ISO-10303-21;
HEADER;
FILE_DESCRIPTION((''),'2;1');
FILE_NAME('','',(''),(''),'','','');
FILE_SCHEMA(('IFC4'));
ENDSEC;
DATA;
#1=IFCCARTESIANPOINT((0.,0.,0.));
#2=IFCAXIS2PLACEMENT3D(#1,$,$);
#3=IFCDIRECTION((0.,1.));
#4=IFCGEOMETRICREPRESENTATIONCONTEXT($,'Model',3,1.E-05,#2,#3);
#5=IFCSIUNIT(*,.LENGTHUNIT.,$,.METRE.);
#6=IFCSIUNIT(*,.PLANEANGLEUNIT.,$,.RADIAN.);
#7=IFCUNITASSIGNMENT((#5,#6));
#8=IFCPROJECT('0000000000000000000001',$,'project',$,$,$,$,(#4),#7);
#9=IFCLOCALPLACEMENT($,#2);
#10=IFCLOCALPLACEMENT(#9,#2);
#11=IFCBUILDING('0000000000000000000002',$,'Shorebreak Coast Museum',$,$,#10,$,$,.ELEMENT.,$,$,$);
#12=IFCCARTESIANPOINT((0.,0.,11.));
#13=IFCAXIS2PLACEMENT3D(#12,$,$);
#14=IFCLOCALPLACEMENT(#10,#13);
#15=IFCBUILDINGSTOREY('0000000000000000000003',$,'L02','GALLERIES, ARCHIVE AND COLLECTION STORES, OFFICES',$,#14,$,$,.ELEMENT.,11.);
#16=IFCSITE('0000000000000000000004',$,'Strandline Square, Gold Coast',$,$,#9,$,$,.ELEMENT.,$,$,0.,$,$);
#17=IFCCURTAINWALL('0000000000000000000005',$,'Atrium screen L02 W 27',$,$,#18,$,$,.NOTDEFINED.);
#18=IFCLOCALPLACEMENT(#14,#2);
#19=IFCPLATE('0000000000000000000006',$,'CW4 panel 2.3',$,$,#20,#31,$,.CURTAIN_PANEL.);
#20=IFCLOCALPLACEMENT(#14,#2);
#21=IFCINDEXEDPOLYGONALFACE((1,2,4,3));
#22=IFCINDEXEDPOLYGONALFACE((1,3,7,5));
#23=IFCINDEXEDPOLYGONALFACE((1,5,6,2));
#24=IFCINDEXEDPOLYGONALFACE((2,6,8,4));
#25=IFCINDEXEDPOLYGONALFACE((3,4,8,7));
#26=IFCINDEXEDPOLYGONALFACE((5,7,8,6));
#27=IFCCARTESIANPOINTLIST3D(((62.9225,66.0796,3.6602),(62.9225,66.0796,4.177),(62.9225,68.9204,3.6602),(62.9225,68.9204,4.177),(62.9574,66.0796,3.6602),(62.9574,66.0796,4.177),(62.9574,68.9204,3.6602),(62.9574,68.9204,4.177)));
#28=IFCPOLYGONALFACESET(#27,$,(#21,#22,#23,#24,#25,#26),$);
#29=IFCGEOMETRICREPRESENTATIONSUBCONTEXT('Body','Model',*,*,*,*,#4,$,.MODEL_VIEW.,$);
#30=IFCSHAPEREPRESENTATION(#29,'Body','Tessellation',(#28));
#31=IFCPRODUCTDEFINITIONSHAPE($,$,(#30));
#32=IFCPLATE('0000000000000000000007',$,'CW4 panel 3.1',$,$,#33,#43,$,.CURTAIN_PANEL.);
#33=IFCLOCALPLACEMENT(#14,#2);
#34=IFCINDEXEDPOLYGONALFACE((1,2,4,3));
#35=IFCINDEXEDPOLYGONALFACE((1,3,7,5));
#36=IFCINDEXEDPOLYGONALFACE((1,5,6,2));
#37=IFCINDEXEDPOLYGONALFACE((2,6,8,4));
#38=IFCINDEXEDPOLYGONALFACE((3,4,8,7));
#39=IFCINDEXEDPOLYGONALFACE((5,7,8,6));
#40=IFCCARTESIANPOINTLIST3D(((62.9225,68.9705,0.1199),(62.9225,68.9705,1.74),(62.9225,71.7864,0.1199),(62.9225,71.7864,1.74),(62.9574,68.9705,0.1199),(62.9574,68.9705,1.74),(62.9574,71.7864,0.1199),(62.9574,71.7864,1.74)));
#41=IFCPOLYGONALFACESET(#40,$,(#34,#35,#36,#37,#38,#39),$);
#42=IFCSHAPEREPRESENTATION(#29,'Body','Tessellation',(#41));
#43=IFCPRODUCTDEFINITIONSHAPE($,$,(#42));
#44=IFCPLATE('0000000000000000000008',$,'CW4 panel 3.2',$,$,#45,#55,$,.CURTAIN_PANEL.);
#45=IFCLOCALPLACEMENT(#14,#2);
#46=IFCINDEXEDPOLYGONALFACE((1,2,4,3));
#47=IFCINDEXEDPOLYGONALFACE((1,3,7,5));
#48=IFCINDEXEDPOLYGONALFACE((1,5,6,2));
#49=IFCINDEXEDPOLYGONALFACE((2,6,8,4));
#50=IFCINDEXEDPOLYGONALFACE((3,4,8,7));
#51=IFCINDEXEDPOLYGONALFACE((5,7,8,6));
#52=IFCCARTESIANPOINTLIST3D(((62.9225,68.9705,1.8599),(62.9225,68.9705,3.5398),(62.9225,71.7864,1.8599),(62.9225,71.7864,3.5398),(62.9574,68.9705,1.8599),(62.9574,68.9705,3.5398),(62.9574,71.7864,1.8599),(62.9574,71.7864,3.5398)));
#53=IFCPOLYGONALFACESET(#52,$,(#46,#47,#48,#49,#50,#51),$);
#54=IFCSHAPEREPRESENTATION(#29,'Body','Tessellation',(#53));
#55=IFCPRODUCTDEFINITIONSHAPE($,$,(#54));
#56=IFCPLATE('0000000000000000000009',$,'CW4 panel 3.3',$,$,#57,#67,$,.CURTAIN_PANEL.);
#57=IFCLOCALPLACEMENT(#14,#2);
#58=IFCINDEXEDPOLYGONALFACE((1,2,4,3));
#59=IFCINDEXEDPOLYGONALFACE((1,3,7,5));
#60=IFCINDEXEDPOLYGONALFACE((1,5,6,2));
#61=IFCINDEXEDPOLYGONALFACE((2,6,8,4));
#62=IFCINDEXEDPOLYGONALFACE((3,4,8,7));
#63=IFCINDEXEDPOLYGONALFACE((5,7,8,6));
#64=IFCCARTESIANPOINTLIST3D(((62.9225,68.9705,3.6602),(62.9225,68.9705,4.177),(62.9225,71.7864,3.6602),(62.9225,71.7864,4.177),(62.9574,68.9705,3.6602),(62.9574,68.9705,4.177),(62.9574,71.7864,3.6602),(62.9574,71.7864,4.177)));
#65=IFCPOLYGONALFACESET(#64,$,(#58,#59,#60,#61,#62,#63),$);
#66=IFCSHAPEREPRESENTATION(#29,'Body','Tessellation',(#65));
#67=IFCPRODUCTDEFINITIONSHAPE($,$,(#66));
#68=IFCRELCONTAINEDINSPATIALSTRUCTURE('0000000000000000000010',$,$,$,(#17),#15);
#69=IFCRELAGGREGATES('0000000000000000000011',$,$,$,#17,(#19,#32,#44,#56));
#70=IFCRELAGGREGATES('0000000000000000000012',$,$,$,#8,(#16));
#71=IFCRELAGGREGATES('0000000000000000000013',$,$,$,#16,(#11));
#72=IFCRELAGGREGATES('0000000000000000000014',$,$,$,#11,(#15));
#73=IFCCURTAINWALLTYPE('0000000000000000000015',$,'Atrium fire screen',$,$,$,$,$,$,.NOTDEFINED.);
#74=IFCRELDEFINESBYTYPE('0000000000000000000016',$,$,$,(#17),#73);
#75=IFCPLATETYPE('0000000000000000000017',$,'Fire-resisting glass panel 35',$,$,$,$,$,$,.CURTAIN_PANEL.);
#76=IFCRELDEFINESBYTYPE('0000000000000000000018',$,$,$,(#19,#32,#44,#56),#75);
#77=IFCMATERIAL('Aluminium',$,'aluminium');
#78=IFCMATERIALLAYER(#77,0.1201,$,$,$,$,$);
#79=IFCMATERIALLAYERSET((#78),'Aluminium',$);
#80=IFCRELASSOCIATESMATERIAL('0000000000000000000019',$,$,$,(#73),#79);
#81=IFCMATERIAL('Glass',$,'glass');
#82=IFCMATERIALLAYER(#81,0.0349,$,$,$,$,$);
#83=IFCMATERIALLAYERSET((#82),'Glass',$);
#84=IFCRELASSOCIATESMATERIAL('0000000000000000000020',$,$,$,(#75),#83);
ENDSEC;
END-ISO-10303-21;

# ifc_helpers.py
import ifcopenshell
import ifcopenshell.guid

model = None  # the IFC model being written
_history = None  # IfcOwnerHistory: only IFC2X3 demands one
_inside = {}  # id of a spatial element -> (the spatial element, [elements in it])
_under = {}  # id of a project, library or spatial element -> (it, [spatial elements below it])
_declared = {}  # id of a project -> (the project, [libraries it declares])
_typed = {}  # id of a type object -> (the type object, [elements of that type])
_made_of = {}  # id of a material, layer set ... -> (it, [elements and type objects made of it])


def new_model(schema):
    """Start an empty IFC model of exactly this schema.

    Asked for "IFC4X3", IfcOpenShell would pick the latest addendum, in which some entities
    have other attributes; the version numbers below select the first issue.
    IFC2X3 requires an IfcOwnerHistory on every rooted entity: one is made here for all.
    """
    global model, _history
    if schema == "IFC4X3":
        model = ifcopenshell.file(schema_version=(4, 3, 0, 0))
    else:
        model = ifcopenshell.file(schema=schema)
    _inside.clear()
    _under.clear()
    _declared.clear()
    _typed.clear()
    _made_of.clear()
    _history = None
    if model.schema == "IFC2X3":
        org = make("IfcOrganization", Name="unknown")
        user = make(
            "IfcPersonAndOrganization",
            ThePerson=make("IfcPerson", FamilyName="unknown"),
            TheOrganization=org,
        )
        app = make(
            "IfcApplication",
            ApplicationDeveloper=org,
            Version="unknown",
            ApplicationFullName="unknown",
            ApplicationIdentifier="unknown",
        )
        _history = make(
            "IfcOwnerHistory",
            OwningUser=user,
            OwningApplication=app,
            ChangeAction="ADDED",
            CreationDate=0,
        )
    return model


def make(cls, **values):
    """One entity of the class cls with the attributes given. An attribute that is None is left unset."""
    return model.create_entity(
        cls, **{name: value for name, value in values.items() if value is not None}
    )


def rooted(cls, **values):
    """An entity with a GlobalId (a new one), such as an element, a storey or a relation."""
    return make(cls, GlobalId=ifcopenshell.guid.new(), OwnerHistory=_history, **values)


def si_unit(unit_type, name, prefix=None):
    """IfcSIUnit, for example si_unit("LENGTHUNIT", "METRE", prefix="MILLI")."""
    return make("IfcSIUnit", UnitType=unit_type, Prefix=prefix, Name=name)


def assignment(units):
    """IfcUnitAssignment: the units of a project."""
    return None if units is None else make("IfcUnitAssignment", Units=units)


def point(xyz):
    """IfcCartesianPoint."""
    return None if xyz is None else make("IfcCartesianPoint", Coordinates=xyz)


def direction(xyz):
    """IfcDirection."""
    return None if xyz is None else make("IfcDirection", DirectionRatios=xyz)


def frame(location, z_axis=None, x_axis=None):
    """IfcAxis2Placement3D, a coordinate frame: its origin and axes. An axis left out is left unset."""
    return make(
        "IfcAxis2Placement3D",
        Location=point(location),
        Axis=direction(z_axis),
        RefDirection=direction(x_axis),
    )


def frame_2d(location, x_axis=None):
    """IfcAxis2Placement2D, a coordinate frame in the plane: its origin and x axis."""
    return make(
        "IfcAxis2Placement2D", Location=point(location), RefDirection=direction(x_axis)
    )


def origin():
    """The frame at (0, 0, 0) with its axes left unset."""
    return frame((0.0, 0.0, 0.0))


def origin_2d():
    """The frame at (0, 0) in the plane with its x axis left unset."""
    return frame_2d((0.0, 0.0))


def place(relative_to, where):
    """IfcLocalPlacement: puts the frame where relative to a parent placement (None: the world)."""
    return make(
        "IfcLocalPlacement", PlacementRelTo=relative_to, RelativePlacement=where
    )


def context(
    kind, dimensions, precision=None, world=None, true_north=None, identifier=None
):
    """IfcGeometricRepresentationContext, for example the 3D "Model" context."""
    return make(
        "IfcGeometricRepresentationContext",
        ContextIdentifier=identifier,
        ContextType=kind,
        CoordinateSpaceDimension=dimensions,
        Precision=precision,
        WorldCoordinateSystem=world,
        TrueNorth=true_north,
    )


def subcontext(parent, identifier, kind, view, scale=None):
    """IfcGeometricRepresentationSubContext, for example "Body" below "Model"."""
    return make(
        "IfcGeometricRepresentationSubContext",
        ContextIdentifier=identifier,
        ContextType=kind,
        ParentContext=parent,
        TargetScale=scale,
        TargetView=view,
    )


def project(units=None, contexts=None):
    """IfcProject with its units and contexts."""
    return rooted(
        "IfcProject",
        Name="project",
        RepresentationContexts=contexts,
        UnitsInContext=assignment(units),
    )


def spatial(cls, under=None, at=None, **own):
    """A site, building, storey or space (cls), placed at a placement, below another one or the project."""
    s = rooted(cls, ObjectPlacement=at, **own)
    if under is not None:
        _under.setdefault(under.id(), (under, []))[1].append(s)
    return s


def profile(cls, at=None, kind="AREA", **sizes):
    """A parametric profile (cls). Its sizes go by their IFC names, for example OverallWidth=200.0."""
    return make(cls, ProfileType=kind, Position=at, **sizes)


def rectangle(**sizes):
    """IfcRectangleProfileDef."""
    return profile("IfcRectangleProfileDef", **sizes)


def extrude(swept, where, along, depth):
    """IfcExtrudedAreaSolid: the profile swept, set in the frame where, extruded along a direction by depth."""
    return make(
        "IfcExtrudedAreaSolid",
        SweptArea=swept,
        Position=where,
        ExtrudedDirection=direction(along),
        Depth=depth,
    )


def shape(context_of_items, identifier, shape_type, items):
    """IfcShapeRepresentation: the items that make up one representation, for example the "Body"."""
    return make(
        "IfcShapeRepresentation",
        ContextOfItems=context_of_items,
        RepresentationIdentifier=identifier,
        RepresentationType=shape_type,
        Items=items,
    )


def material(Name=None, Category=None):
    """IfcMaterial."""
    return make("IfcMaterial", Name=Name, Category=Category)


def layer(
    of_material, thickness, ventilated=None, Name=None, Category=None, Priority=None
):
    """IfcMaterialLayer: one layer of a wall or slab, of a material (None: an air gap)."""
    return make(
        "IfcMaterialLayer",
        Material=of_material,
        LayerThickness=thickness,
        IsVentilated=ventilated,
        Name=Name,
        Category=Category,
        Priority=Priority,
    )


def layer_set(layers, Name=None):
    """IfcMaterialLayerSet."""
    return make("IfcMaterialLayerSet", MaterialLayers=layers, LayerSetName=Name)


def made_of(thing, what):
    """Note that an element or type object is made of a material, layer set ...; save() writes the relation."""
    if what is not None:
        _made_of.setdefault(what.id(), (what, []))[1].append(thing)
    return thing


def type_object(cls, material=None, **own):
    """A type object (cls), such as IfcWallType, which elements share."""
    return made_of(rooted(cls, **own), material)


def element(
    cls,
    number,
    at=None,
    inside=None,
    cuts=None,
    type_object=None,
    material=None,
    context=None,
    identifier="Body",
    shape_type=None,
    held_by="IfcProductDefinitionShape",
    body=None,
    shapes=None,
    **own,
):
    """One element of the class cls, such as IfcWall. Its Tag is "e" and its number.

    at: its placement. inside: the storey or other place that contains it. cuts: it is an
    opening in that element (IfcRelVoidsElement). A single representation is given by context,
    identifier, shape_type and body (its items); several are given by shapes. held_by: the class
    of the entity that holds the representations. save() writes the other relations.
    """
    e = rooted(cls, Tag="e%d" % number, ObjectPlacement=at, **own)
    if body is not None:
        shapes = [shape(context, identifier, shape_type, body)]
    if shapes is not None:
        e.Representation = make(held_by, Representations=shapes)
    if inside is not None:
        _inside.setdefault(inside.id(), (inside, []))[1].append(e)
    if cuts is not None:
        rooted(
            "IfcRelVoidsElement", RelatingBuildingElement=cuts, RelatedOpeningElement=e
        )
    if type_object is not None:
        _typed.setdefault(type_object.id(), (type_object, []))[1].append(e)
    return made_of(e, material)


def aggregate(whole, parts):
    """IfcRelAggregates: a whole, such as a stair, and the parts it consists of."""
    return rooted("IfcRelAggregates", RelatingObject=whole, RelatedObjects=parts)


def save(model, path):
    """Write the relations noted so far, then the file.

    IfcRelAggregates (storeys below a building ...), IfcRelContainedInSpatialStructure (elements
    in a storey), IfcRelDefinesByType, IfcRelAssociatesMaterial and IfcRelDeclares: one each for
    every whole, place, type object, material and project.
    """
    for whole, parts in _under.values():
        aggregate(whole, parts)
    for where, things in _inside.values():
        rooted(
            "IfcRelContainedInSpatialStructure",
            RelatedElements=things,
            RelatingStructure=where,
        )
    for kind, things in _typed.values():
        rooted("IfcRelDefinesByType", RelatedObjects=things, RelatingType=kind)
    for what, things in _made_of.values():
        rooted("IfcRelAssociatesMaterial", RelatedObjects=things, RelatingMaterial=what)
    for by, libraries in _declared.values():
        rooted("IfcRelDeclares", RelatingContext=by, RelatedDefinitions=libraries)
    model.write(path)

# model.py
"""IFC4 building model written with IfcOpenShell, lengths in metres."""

from ifc_helpers import new_model, si_unit, direction, frame, origin, origin_2d, place, context, subcontext, project, spatial, rectangle, extrude, material, layer, layer_set, type_object, element, aggregate, save


model = new_model("IFC4")

# Units and contexts
model_context = context("Model", 3, precision=1e-05, world=origin(), true_north=direction((0.0, 1.0)))
body_context = subcontext(model_context, "Body", "Model", "MODEL_VIEW")
ifc_project = project(units=[si_unit("LENGTHUNIT", "METRE"), si_unit("PLANEANGLEUNIT", "RADIAN")], contexts=[model_context])

# Site, building, storey
site_placement = place(None, origin())
site = spatial("IfcSite", under=ifc_project, at=site_placement, Name="Strandline Square, Gold Coast", CompositionType="ELEMENT", RefElevation=0.0)
building_placement = place(site_placement, origin())
building = spatial("IfcBuilding", under=site, at=building_placement, Name="Shorebreak Coast Museum", CompositionType="ELEMENT")
storey_placement = place(building_placement, frame((0.0, 0.0, 11.0)))
storey = spatial("IfcBuildingStorey", under=building, at=storey_placement, Name="L02", Description="GALLERIES, ARCHIVE AND COLLECTION STORES, OFFICES", CompositionType="ELEMENT", Elevation=11.0)

# Curtain wall
ifc_material_1 = material(Name="Aluminium", Category="aluminium")
ifc_layer_1 = layer(ifc_material_1, 0.1201)
ifc_layer_set_1 = layer_set([ifc_layer_1], Name="Aluminium")
curtain_wall_type = type_object("IfcCurtainWallType", Name="Atrium fire screen", PredefinedType="NOTDEFINED", material=ifc_layer_set_1)
curtain_wall_1_placement = place(storey_placement, origin())
curtain_wall_1 = element("IfcCurtainWall", 1, at=curtain_wall_1_placement, inside=storey, type_object=curtain_wall_type, Name="Atrium screen L02 W 27", PredefinedType="NOTDEFINED")

# Plates
ifc_material_2 = material(Name="Glass", Category="glass")
ifc_layer_2 = layer(ifc_material_2, 0.0349)
ifc_layer_set_2 = layer_set([ifc_layer_2], Name="Glass")
plate_type = type_object("IfcPlateType", Name="Fire-resisting glass panel 35", PredefinedType="CURTAIN_PANEL", material=ifc_layer_set_2)
plate_1_placement = place(storey_placement, frame((62.9399, 67.5, 3.6602), z_axis=(0.0, 0.0, 1.0), x_axis=(0.0, 1.0, 0.0)))
plate_1 = element("IfcPlate", 2, at=plate_1_placement, type_object=plate_type, Name="CW4 panel 2.3", PredefinedType="CURTAIN_PANEL", context=body_context, shape_type="SweptSolid", body=[
    extrude(rectangle(XDim=2.8408, YDim=0.0349, at=origin_2d()), origin(), (0.0, 0.0, 1.0), 0.5168),
])
plate_2_placement = place(storey_placement, frame((62.9399, 70.3784, 0.1199), z_axis=(0.0, 0.0, 1.0), x_axis=(0.0, 1.0, 0.0)))
plate_2 = element("IfcPlate", 3, at=plate_2_placement, type_object=plate_type, Name="CW4 panel 3.1", PredefinedType="CURTAIN_PANEL", context=body_context, shape_type="SweptSolid", body=[
    extrude(rectangle(XDim=2.8159, YDim=0.0349, at=origin_2d()), origin(), (0.0, 0.0, 1.0), 1.6201),
])
plate_3_placement = place(storey_placement, frame((62.9399, 70.3784, 1.8599), z_axis=(0.0, 0.0, 1.0), x_axis=(0.0, 1.0, 0.0)))
plate_3 = element("IfcPlate", 4, at=plate_3_placement, type_object=plate_type, Name="CW4 panel 3.2", PredefinedType="CURTAIN_PANEL", context=body_context, shape_type="SweptSolid", body=[
    extrude(rectangle(XDim=2.8159, YDim=0.0349, at=origin_2d()), origin(), (0.0, 0.0, 1.0), 1.6799),
])
plate_4_placement = place(storey_placement, frame((62.9399, 70.3784, 3.6602), z_axis=(0.0, 0.0, 1.0), x_axis=(0.0, 1.0, 0.0)))
plate_4 = element("IfcPlate", 5, at=plate_4_placement, type_object=plate_type, Name="CW4 panel 3.3", PredefinedType="CURTAIN_PANEL", context=body_context, shape_type="SweptSolid", body=[
    extrude(rectangle(XDim=2.8159, YDim=0.0349, at=origin_2d()), origin(), (0.0, 0.0, 1.0), 0.5168),
])
aggregate(curtain_wall_1, [plate_1, plate_2, plate_3, plate_4])

save(model, "model.ifc")
